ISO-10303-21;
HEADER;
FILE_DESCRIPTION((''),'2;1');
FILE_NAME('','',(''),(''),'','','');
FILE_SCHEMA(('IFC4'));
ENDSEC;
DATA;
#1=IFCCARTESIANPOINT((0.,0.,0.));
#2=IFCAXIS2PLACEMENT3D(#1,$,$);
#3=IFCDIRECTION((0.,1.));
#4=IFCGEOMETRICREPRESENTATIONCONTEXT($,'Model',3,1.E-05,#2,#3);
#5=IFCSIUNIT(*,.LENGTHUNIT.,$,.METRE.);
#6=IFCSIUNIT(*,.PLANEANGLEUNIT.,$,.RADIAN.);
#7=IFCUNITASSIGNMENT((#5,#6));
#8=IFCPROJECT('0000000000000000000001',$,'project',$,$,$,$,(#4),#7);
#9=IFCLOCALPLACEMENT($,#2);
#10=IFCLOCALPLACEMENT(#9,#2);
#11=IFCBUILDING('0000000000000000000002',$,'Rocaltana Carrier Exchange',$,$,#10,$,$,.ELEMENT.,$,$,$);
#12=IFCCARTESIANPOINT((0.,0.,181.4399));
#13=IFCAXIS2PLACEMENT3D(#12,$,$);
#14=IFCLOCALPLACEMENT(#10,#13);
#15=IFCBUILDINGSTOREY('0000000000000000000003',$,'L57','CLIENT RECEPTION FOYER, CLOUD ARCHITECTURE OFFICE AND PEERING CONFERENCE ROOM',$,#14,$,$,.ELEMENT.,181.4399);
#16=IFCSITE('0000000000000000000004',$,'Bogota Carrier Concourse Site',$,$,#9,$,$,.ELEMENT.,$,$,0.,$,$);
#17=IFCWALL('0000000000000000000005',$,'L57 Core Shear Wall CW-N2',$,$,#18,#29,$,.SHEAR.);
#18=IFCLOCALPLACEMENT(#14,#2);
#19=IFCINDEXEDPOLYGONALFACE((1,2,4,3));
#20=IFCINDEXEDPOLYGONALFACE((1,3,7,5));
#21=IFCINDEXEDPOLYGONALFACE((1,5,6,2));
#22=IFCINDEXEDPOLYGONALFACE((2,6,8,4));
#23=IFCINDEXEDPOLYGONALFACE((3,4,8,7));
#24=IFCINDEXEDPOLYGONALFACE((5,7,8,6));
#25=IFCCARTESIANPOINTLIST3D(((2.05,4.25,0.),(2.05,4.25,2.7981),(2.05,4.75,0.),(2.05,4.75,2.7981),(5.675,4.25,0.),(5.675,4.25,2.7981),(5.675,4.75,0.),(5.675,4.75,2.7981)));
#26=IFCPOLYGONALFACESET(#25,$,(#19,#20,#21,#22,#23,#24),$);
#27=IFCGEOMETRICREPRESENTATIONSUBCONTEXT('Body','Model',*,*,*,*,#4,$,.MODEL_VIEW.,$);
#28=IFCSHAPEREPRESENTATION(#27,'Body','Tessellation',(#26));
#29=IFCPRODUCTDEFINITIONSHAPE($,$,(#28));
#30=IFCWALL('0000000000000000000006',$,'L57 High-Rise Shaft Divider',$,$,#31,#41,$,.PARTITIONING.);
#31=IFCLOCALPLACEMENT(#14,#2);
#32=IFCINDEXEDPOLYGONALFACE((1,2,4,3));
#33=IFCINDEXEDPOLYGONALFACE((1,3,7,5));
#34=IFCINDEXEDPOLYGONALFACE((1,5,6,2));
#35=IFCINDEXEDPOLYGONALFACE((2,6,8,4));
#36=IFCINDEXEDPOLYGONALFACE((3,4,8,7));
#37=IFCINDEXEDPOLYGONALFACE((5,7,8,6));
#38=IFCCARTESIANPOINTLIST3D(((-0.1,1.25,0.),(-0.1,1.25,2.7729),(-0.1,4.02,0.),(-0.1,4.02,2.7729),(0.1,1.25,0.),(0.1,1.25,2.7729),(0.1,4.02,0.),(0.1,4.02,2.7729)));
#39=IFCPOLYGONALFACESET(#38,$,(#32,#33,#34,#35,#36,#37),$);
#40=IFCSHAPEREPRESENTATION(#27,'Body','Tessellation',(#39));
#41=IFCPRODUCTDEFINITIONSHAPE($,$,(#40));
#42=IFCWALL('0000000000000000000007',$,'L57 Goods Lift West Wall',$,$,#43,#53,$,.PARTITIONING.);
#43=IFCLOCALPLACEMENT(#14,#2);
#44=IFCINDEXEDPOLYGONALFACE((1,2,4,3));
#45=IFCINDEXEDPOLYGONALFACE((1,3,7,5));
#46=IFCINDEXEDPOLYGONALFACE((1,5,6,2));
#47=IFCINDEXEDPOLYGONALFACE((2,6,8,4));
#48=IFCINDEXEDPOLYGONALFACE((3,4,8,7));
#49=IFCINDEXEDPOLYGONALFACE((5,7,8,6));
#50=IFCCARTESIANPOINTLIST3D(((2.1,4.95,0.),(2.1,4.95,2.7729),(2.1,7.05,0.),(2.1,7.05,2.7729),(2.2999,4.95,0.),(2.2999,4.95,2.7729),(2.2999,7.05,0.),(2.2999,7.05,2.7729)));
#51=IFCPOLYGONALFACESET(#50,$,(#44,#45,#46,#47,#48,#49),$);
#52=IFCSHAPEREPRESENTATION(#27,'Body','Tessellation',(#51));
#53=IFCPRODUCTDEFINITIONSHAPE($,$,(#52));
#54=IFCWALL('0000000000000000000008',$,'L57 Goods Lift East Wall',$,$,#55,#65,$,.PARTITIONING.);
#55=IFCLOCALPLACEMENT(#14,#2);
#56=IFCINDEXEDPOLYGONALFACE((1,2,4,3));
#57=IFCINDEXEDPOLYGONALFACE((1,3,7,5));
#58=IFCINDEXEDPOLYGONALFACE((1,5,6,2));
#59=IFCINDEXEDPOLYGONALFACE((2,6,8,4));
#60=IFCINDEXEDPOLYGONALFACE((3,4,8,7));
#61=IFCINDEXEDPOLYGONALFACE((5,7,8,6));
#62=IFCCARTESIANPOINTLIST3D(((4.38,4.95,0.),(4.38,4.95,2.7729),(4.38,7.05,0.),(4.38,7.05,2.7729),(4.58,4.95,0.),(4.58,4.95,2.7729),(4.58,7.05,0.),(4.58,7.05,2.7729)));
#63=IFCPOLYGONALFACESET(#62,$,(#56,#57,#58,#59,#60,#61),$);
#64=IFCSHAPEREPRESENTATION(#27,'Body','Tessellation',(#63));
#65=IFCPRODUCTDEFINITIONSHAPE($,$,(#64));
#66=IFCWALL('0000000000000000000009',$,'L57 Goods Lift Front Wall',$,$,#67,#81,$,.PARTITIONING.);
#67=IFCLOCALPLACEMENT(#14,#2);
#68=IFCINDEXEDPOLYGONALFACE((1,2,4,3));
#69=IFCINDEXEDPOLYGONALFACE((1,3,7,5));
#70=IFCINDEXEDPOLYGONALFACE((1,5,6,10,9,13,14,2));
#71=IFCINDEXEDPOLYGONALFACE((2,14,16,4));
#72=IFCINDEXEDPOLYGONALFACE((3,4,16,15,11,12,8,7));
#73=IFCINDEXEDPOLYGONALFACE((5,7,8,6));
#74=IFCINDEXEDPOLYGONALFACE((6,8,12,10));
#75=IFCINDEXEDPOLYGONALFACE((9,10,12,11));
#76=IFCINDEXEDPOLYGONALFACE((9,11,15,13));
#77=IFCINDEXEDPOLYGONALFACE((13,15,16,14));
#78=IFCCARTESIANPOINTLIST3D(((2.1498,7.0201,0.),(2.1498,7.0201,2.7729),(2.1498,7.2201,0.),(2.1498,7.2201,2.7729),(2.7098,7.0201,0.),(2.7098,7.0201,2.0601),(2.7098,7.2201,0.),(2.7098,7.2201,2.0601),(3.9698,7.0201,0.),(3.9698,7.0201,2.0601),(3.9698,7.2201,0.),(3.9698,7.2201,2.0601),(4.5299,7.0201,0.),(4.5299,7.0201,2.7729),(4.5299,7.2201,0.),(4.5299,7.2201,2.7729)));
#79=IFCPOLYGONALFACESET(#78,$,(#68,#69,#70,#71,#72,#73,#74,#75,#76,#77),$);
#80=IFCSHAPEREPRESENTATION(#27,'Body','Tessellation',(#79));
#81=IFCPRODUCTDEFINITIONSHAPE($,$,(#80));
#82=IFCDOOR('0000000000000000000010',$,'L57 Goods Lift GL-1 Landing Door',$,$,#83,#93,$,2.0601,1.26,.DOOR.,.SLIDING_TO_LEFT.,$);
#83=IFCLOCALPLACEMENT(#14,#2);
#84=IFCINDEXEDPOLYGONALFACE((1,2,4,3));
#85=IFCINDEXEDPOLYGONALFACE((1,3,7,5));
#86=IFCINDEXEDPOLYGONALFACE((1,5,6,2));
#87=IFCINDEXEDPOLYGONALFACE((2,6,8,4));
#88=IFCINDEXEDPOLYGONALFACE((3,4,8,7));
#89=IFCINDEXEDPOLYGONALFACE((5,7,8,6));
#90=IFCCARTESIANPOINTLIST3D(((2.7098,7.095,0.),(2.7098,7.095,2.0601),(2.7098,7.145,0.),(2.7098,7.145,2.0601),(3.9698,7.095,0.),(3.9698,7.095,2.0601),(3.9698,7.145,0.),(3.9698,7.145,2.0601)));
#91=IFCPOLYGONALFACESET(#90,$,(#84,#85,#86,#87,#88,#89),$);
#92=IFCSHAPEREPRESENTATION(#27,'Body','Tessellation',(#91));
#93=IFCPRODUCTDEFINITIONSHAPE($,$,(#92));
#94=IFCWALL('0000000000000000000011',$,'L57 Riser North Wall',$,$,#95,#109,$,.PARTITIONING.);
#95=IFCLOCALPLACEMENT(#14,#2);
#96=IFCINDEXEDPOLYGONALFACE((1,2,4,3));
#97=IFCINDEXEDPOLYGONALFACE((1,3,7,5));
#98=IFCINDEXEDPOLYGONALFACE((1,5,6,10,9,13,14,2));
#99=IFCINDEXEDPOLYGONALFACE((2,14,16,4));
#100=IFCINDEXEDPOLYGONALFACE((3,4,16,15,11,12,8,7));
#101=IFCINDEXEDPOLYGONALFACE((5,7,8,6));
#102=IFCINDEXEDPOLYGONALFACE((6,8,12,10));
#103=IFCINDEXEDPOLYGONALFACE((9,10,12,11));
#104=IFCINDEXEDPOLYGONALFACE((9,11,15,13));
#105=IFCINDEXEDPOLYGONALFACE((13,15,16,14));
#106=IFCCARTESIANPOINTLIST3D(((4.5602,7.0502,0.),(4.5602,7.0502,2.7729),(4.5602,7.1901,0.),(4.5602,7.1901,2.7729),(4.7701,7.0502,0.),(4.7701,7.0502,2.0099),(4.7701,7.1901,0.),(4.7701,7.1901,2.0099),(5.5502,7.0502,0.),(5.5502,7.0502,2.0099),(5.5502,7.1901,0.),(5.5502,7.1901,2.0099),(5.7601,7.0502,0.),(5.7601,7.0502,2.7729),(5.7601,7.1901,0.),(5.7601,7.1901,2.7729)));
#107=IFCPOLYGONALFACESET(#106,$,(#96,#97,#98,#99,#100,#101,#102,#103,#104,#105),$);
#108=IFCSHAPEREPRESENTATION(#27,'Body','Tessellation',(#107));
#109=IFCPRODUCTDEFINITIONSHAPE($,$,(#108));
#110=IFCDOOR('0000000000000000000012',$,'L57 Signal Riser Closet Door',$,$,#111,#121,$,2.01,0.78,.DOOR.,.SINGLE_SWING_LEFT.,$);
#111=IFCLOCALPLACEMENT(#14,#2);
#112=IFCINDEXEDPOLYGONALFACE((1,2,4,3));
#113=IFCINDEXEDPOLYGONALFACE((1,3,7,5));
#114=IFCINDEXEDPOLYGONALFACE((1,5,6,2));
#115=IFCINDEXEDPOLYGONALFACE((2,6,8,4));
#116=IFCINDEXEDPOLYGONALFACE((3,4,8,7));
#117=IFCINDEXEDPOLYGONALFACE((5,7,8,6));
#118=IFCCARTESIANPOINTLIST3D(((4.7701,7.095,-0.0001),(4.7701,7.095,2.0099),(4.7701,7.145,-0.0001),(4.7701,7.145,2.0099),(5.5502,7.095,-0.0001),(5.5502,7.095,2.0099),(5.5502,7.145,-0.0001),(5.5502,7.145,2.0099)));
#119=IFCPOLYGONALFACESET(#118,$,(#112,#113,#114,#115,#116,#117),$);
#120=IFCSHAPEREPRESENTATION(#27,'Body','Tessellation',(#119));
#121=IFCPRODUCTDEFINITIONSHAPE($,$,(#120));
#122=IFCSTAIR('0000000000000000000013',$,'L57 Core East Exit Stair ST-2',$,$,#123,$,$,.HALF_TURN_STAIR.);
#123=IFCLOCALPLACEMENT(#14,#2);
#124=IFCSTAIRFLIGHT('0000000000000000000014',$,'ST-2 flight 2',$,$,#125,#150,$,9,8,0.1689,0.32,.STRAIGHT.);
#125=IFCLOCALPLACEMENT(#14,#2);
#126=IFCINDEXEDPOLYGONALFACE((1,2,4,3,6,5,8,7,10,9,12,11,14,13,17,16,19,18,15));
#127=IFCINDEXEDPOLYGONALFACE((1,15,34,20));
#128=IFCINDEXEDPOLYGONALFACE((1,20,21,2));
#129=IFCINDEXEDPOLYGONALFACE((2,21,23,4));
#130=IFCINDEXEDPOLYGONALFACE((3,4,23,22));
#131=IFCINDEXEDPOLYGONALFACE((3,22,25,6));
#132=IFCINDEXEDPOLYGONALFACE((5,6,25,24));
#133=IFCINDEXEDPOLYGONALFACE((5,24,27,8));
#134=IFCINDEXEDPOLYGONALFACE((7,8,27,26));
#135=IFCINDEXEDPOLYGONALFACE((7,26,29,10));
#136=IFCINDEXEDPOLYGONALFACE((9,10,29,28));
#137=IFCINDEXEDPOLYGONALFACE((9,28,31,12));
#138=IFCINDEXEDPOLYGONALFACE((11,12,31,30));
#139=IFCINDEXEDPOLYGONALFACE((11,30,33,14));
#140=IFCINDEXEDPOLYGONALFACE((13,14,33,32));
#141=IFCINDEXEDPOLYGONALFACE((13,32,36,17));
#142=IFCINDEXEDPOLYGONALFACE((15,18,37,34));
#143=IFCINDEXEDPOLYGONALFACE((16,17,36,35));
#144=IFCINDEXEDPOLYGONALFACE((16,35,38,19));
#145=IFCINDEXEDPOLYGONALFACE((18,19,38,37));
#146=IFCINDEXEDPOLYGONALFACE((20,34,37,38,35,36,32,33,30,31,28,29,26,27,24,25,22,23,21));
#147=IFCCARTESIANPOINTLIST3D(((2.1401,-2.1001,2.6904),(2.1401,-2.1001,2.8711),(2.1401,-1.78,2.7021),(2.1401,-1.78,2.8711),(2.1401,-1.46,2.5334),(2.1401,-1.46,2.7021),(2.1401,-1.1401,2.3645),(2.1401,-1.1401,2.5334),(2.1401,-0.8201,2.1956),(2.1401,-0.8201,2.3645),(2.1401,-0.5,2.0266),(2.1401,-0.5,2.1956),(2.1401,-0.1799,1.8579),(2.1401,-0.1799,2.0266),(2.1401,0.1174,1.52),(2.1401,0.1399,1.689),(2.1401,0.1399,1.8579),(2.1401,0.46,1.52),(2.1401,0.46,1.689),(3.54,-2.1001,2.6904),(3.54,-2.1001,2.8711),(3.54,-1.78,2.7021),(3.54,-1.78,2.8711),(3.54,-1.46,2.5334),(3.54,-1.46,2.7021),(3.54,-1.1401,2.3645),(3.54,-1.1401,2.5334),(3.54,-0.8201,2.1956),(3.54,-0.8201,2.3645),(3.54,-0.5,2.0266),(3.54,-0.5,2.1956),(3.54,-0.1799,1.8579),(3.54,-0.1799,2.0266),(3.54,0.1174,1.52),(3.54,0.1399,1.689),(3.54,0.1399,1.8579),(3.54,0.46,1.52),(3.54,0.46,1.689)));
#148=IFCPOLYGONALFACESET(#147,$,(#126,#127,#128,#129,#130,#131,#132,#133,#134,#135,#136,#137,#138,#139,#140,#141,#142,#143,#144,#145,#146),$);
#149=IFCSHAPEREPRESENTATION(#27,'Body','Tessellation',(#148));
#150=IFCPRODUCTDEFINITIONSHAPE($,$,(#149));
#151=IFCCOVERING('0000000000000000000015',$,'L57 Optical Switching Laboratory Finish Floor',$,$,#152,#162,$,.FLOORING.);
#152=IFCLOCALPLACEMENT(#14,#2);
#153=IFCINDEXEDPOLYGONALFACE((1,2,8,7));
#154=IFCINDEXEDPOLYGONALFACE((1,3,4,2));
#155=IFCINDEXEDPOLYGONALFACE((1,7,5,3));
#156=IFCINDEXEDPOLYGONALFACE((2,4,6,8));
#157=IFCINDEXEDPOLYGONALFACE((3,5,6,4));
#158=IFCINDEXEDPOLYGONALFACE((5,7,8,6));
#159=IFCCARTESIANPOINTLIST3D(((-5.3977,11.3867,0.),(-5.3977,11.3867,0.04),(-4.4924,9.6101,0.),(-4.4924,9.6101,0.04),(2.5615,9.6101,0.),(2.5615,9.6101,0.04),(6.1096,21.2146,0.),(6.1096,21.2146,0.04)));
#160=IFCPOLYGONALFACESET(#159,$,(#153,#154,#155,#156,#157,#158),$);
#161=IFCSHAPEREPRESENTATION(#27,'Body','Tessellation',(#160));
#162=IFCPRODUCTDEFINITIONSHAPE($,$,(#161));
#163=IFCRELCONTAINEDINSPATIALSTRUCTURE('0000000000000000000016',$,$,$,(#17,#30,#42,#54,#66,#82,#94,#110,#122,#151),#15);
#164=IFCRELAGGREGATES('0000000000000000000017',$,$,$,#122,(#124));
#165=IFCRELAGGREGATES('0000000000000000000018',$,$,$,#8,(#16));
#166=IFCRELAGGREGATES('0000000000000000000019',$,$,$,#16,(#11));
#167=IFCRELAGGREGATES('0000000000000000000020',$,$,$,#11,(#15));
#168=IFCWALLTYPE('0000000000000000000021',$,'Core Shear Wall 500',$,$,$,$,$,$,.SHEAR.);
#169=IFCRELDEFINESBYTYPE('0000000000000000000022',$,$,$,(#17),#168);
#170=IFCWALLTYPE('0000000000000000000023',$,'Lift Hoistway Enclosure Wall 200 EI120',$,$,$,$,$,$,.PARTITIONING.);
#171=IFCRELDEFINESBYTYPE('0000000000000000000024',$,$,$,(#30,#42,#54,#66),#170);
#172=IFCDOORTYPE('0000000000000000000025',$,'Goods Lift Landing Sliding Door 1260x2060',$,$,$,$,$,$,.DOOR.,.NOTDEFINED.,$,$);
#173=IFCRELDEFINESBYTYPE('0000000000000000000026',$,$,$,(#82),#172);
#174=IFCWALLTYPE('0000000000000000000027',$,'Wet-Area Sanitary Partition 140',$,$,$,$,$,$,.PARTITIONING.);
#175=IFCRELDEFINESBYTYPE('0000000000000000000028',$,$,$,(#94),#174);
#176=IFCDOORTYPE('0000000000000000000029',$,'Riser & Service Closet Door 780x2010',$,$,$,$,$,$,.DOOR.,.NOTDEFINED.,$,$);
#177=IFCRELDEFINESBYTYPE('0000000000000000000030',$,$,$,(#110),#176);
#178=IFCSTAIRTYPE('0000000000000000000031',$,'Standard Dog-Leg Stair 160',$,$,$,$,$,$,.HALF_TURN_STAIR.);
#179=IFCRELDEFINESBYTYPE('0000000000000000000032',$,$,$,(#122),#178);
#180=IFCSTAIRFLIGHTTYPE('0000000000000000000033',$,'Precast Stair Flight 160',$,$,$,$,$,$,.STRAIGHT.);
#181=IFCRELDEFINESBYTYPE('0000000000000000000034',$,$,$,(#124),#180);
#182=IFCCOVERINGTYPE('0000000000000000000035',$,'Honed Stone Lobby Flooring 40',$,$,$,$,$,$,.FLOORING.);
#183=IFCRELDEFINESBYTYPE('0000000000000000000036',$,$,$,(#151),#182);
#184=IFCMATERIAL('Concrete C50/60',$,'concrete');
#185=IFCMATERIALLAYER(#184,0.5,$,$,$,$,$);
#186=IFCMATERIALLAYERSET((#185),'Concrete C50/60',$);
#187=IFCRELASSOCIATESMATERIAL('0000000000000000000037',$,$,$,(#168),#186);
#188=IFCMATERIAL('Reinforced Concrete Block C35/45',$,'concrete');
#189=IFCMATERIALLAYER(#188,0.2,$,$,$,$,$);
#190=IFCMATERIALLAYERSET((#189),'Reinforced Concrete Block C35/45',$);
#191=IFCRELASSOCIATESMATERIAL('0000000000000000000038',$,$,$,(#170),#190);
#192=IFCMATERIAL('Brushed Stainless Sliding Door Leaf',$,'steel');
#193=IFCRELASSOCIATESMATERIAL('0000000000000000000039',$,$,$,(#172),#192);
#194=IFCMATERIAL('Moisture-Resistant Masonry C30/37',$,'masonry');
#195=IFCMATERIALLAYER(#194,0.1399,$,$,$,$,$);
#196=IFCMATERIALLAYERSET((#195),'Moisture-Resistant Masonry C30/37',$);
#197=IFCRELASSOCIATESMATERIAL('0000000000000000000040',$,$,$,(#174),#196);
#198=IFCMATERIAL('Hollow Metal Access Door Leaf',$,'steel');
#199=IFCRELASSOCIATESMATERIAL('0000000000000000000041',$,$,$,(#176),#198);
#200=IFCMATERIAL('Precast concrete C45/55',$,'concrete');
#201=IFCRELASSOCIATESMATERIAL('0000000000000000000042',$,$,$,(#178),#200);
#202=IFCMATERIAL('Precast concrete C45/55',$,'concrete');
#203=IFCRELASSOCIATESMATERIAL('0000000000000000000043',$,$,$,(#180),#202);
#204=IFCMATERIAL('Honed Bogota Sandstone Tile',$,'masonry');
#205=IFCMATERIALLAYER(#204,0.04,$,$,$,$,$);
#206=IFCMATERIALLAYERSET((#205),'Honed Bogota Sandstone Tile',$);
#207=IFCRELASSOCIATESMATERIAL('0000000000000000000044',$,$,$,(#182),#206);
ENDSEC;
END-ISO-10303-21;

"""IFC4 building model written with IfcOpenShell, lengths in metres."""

from ifc_helpers import new_model, si_unit, direction, frame, frame_2d, origin, place, context, subcontext, project, spatial, polyline, rectangle, outline, extrude, material, layer, layer_set, type_object, element, fill, aggregate, save


model = new_model("IFC4")

# Units and contexts
model_context = context("Model", 3, precision=1e-05, world=origin(), true_north=direction((0.0, 1.0)))
body_context = subcontext(model_context, "Body", "Model", "MODEL_VIEW")
ifc_project = project(units=[si_unit("LENGTHUNIT", "METRE"), si_unit("PLANEANGLEUNIT", "RADIAN")], contexts=[model_context])

# Site, building, storey
site_placement = place(None, origin())
site = spatial("IfcSite", under=ifc_project, at=site_placement, Name="Bogota Carrier Concourse Site", CompositionType="ELEMENT", RefElevation=0.0)
building_placement = place(site_placement, origin())
building = spatial("IfcBuilding", under=site, at=building_placement, Name="Rocaltana Carrier Exchange", CompositionType="ELEMENT")
storey_placement = place(building_placement, frame((0.0, 0.0, 181.4399)))
storey = spatial("IfcBuildingStorey", under=building, at=storey_placement, Name="L57", Description="CLIENT RECEPTION FOYER, CLOUD ARCHITECTURE OFFICE AND PEERING CONFERENCE ROOM", CompositionType="ELEMENT", Elevation=181.4399)

# Walls
ifc_material_1 = material(Name="Concrete C50/60", Category="concrete")
ifc_layer_1 = layer(ifc_material_1, 0.5)
ifc_layer_set_1 = layer_set([ifc_layer_1], Name="Concrete C50/60")
wall_type_1 = type_object("IfcWallType", Name="Core Shear Wall 500", PredefinedType="SHEAR", material=ifc_layer_set_1)
wall_1_placement = place(storey_placement, frame((2.05, 4.5, 0.0), z_axis=(0.0, 0.0, 1.0), x_axis=(1.0, 0.0, 0.0)))
element("IfcWall", 1, at=wall_1_placement, inside=storey, type_object=wall_type_1, Name="L57 Core Shear Wall CW-N2", PredefinedType="SHEAR", context=body_context, shape_type="SweptSolid", body=[
    extrude(rectangle(XDim=3.625, YDim=0.5, at=frame_2d((1.8125, 0.0))), origin(), (0.0, 0.0, 1.0), 2.7981),
])
ifc_material_2 = material(Name="Reinforced Concrete Block C35/45", Category="concrete")
ifc_layer_2 = layer(ifc_material_2, 0.2)
ifc_layer_set_2 = layer_set([ifc_layer_2], Name="Reinforced Concrete Block C35/45")
wall_type_2 = type_object("IfcWallType", Name="Lift Hoistway Enclosure Wall 200 EI120", PredefinedType="PARTITIONING", material=ifc_layer_set_2)
wall_2_placement = place(storey_placement, frame((0.0, 1.25, 0.0), z_axis=(0.0, 0.0, 1.0), x_axis=(0.0, 1.0, 0.0)))
element("IfcWall", 2, at=wall_2_placement, inside=storey, type_object=wall_type_2, Name="L57 High-Rise Shaft Divider", PredefinedType="PARTITIONING", context=body_context, shape_type="SweptSolid", body=[
    extrude(rectangle(XDim=2.77, YDim=0.2, at=frame_2d((1.385, 0.0))), origin(), (0.0, 0.0, 1.0), 2.7729),
])
for number, where, z_axis, x_axis, name in (
    (3, (2.2, 4.95, 0.0), (0.0, 0.0, 1.0), (0.0, 1.0, 0.0), "L57 Goods Lift West Wall"),
    (4, (4.48, 4.95, 0.0), (0.0, 0.0, 1.0), (0.0, 1.0, 0.0), "L57 Goods Lift East Wall"),
):
    element("IfcWall", number, at=place(storey_placement, frame(where, z_axis=z_axis, x_axis=x_axis)), inside=storey, type_object=wall_type_2, Name=name, PredefinedType="PARTITIONING", context=body_context, shape_type="SweptSolid", body=[
        extrude(rectangle(XDim=2.1001, YDim=0.2, at=frame_2d((1.05, 0.0))), origin(), (0.0, 0.0, 1.0), 2.7729),
    ])

# Walls, openings, doors
wall_3_placement = place(storey_placement, frame((2.1499, 7.1201, 0.0), z_axis=(0.0, 0.0, 1.0), x_axis=(1.0, 0.0, 0.0)))
wall_3 = element("IfcWall", 5, at=wall_3_placement, inside=storey, type_object=wall_type_2, Name="L57 Goods Lift Front Wall", PredefinedType="PARTITIONING", context=body_context, shape_type="SweptSolid", body=[
    extrude(rectangle(XDim=2.3801, YDim=0.2, at=frame_2d((1.1899, 0.0))), origin(), (0.0, 0.0, 1.0), 2.7729),
])
opening_1_placement = place(wall_3_placement, frame((0.5601, 0.0, 0.0)))
opening_1 = element("IfcOpeningElement", 6, at=opening_1_placement, cuts=wall_3, PredefinedType="OPENING", context=body_context, shape_type="SweptSolid", body=[
    extrude(rectangle(XDim=1.26, YDim=2.0601, at=frame_2d((0.6299, 1.03))), frame((0.0, 0.1099, 0.0), z_axis=(0.0, -1.0, 0.0), x_axis=(1.0, 0.0, 0.0)), (0.0, 0.0, 1.0), 0.22),
])
ifc_material_3 = material(Name="Brushed Stainless Sliding Door Leaf", Category="steel")
door_type_1 = type_object("IfcDoorType", Name="Goods Lift Landing Sliding Door 1260x2060", OperationType="NOTDEFINED", PredefinedType="DOOR", material=ifc_material_3)
door_1_placement = place(opening_1_placement, origin())
door_1 = element("IfcDoor", 7, at=door_1_placement, inside=storey, type_object=door_type_1, Name="L57 Goods Lift GL-1 Landing Door", OperationType="SLIDING_TO_LEFT", OverallHeight=2.0601, OverallWidth=1.26, PredefinedType="DOOR", context=body_context, shape_type="SweptSolid", body=[
    extrude(rectangle(XDim=1.26, YDim=2.0601, at=frame_2d((0.6299, 1.03))), frame((0.0, 0.0249, 0.0), z_axis=(0.0, -1.0, 0.0), x_axis=(1.0, 0.0, 0.0)), (0.0, 0.0, 1.0), 0.05),
])
fill(opening_1, door_1)
ifc_material_4 = material(Name="Moisture-Resistant Masonry C30/37", Category="masonry")
ifc_layer_3 = layer(ifc_material_4, 0.1399)
ifc_layer_set_3 = layer_set([ifc_layer_3], Name="Moisture-Resistant Masonry C30/37")
wall_type_3 = type_object("IfcWallType", Name="Wet-Area Sanitary Partition 140", PredefinedType="PARTITIONING", material=ifc_layer_set_3)
wall_4_placement = place(storey_placement, frame((4.5601, 7.1201, 0.0), z_axis=(0.0, 0.0, 1.0), x_axis=(1.0, 0.0, 0.0)))
wall_4 = element("IfcWall", 8, at=wall_4_placement, inside=storey, type_object=wall_type_3, Name="L57 Riser North Wall", PredefinedType="PARTITIONING", context=body_context, shape_type="SweptSolid", body=[
    extrude(rectangle(XDim=1.2, YDim=0.1399, at=frame_2d((0.6001, 0.0))), origin(), (0.0, 0.0, 1.0), 2.7729),
])
opening_2_placement = place(wall_4_placement, frame((0.21, 0.0, 0.0)))
opening_2 = element("IfcOpeningElement", 9, at=opening_2_placement, cuts=wall_4, PredefinedType="OPENING", context=body_context, shape_type="SweptSolid", body=[
    extrude(rectangle(XDim=0.78, YDim=2.01, at=frame_2d((0.3901, 1.0049))), frame((0.0, 0.0798, 0.0), z_axis=(0.0, -1.0, 0.0), x_axis=(1.0, 0.0, 0.0)), (0.0, 0.0, 1.0), 0.1599),
])
ifc_material_5 = material(Name="Hollow Metal Access Door Leaf", Category="steel")
door_type_2 = type_object("IfcDoorType", Name="Riser & Service Closet Door 780x2010", OperationType="NOTDEFINED", PredefinedType="DOOR", material=ifc_material_5)
door_2_placement = place(opening_2_placement, origin())
door_2 = element("IfcDoor", 10, at=door_2_placement, inside=storey, type_object=door_type_2, Name="L57 Signal Riser Closet Door", OperationType="SINGLE_SWING_LEFT", OverallHeight=2.01, OverallWidth=0.78, PredefinedType="DOOR", context=body_context, shape_type="SweptSolid", body=[
    extrude(rectangle(XDim=0.78, YDim=2.01, at=frame_2d((0.3901, 1.0049))), frame((0.0, 0.0249, 0.0), z_axis=(0.0, -1.0, 0.0), x_axis=(1.0, 0.0, 0.0)), (0.0, 0.0, 1.0), 0.05),
])
fill(opening_2, door_2)

# Stair, stair flight
ifc_material_6 = material(Name="Precast concrete C45/55", Category="concrete")
stair_type = type_object("IfcStairType", Name="Standard Dog-Leg Stair 160", PredefinedType="HALF_TURN_STAIR", material=ifc_material_6)
stair_placement = place(storey_placement, origin())
stair = element("IfcStair", 11, at=stair_placement, inside=storey, type_object=stair_type, Name="L57 Core East Exit Stair ST-2", PredefinedType="HALF_TURN_STAIR")
ifc_material_7 = material(Name="Precast concrete C45/55", Category="concrete")
stair_flight_type = type_object("IfcStairFlightType", Name="Precast Stair Flight 160", PredefinedType="STRAIGHT", material=ifc_material_7)
stair_flight_placement = place(storey_placement, frame((2.8401, 0.46, 1.52), z_axis=(0.0, 0.0, 1.0), x_axis=(0.0, -1.0, 0.0)))
stair_flight = element("IfcStairFlight", 12, at=stair_flight_placement, type_object=stair_flight_type, Name="ST-2 flight 2", NumberOfRisers=9, NumberOfTreads=8, PredefinedType="STRAIGHT", RiserHeight=0.1689, TreadLength=0.32, context=body_context, shape_type="SweptSolid", body=[
    extrude(outline(polyline([(0.0, 0.0), (0.0, 0.1689), (0.3201, 0.1689), (0.3201, 0.3379), (0.6399, 0.3379), (0.6399, 0.5066), (0.96, 0.5066), (0.96, 0.6755), (1.28, 0.6755), (1.28, 0.8445), (1.6001, 0.8445), (1.6001, 1.0134), (1.9199, 1.0134), (1.9199, 1.1821), (2.24, 1.1821), (2.24, 1.3511), (2.5601, 1.3511), (2.5601, 1.52), (2.5601, 1.1704), (0.3425, 0.0), (0.0, 0.0)])), frame((0.0, 0.7, 0.0), z_axis=(0.0, -1.0, 0.0), x_axis=(1.0, 0.0, 0.0)), (0.0, 0.0, 1.0), 1.3999),
])
aggregate(stair, [stair_flight])

# Covering
ifc_material_8 = material(Name="Honed Bogota Sandstone Tile", Category="masonry")
ifc_layer_4 = layer(ifc_material_8, 0.04)
ifc_layer_set_4 = layer_set([ifc_layer_4], Name="Honed Bogota Sandstone Tile")
covering_type_1 = type_object("IfcCoveringType", Name="Honed Stone Lobby Flooring 40", PredefinedType="FLOORING", material=ifc_layer_set_4)
covering_1_placement = place(storey_placement, origin())
element("IfcCovering", 13, at=covering_1_placement, inside=storey, type_object=covering_type_1, Name="L57 Optical Switching Laboratory Finish Floor", PredefinedType="FLOORING", context=body_context, shape_type="SweptSolid", body=[
    extrude(outline(polyline([(6.1096, 21.2146), (2.5615, 9.6101), (-4.4924, 9.6101), (-5.3977, 11.3867), (6.1096, 21.2146)])), origin(), (0.0, 0.0, 1.0), 0.04),
])

save(model, "model.ifc")
